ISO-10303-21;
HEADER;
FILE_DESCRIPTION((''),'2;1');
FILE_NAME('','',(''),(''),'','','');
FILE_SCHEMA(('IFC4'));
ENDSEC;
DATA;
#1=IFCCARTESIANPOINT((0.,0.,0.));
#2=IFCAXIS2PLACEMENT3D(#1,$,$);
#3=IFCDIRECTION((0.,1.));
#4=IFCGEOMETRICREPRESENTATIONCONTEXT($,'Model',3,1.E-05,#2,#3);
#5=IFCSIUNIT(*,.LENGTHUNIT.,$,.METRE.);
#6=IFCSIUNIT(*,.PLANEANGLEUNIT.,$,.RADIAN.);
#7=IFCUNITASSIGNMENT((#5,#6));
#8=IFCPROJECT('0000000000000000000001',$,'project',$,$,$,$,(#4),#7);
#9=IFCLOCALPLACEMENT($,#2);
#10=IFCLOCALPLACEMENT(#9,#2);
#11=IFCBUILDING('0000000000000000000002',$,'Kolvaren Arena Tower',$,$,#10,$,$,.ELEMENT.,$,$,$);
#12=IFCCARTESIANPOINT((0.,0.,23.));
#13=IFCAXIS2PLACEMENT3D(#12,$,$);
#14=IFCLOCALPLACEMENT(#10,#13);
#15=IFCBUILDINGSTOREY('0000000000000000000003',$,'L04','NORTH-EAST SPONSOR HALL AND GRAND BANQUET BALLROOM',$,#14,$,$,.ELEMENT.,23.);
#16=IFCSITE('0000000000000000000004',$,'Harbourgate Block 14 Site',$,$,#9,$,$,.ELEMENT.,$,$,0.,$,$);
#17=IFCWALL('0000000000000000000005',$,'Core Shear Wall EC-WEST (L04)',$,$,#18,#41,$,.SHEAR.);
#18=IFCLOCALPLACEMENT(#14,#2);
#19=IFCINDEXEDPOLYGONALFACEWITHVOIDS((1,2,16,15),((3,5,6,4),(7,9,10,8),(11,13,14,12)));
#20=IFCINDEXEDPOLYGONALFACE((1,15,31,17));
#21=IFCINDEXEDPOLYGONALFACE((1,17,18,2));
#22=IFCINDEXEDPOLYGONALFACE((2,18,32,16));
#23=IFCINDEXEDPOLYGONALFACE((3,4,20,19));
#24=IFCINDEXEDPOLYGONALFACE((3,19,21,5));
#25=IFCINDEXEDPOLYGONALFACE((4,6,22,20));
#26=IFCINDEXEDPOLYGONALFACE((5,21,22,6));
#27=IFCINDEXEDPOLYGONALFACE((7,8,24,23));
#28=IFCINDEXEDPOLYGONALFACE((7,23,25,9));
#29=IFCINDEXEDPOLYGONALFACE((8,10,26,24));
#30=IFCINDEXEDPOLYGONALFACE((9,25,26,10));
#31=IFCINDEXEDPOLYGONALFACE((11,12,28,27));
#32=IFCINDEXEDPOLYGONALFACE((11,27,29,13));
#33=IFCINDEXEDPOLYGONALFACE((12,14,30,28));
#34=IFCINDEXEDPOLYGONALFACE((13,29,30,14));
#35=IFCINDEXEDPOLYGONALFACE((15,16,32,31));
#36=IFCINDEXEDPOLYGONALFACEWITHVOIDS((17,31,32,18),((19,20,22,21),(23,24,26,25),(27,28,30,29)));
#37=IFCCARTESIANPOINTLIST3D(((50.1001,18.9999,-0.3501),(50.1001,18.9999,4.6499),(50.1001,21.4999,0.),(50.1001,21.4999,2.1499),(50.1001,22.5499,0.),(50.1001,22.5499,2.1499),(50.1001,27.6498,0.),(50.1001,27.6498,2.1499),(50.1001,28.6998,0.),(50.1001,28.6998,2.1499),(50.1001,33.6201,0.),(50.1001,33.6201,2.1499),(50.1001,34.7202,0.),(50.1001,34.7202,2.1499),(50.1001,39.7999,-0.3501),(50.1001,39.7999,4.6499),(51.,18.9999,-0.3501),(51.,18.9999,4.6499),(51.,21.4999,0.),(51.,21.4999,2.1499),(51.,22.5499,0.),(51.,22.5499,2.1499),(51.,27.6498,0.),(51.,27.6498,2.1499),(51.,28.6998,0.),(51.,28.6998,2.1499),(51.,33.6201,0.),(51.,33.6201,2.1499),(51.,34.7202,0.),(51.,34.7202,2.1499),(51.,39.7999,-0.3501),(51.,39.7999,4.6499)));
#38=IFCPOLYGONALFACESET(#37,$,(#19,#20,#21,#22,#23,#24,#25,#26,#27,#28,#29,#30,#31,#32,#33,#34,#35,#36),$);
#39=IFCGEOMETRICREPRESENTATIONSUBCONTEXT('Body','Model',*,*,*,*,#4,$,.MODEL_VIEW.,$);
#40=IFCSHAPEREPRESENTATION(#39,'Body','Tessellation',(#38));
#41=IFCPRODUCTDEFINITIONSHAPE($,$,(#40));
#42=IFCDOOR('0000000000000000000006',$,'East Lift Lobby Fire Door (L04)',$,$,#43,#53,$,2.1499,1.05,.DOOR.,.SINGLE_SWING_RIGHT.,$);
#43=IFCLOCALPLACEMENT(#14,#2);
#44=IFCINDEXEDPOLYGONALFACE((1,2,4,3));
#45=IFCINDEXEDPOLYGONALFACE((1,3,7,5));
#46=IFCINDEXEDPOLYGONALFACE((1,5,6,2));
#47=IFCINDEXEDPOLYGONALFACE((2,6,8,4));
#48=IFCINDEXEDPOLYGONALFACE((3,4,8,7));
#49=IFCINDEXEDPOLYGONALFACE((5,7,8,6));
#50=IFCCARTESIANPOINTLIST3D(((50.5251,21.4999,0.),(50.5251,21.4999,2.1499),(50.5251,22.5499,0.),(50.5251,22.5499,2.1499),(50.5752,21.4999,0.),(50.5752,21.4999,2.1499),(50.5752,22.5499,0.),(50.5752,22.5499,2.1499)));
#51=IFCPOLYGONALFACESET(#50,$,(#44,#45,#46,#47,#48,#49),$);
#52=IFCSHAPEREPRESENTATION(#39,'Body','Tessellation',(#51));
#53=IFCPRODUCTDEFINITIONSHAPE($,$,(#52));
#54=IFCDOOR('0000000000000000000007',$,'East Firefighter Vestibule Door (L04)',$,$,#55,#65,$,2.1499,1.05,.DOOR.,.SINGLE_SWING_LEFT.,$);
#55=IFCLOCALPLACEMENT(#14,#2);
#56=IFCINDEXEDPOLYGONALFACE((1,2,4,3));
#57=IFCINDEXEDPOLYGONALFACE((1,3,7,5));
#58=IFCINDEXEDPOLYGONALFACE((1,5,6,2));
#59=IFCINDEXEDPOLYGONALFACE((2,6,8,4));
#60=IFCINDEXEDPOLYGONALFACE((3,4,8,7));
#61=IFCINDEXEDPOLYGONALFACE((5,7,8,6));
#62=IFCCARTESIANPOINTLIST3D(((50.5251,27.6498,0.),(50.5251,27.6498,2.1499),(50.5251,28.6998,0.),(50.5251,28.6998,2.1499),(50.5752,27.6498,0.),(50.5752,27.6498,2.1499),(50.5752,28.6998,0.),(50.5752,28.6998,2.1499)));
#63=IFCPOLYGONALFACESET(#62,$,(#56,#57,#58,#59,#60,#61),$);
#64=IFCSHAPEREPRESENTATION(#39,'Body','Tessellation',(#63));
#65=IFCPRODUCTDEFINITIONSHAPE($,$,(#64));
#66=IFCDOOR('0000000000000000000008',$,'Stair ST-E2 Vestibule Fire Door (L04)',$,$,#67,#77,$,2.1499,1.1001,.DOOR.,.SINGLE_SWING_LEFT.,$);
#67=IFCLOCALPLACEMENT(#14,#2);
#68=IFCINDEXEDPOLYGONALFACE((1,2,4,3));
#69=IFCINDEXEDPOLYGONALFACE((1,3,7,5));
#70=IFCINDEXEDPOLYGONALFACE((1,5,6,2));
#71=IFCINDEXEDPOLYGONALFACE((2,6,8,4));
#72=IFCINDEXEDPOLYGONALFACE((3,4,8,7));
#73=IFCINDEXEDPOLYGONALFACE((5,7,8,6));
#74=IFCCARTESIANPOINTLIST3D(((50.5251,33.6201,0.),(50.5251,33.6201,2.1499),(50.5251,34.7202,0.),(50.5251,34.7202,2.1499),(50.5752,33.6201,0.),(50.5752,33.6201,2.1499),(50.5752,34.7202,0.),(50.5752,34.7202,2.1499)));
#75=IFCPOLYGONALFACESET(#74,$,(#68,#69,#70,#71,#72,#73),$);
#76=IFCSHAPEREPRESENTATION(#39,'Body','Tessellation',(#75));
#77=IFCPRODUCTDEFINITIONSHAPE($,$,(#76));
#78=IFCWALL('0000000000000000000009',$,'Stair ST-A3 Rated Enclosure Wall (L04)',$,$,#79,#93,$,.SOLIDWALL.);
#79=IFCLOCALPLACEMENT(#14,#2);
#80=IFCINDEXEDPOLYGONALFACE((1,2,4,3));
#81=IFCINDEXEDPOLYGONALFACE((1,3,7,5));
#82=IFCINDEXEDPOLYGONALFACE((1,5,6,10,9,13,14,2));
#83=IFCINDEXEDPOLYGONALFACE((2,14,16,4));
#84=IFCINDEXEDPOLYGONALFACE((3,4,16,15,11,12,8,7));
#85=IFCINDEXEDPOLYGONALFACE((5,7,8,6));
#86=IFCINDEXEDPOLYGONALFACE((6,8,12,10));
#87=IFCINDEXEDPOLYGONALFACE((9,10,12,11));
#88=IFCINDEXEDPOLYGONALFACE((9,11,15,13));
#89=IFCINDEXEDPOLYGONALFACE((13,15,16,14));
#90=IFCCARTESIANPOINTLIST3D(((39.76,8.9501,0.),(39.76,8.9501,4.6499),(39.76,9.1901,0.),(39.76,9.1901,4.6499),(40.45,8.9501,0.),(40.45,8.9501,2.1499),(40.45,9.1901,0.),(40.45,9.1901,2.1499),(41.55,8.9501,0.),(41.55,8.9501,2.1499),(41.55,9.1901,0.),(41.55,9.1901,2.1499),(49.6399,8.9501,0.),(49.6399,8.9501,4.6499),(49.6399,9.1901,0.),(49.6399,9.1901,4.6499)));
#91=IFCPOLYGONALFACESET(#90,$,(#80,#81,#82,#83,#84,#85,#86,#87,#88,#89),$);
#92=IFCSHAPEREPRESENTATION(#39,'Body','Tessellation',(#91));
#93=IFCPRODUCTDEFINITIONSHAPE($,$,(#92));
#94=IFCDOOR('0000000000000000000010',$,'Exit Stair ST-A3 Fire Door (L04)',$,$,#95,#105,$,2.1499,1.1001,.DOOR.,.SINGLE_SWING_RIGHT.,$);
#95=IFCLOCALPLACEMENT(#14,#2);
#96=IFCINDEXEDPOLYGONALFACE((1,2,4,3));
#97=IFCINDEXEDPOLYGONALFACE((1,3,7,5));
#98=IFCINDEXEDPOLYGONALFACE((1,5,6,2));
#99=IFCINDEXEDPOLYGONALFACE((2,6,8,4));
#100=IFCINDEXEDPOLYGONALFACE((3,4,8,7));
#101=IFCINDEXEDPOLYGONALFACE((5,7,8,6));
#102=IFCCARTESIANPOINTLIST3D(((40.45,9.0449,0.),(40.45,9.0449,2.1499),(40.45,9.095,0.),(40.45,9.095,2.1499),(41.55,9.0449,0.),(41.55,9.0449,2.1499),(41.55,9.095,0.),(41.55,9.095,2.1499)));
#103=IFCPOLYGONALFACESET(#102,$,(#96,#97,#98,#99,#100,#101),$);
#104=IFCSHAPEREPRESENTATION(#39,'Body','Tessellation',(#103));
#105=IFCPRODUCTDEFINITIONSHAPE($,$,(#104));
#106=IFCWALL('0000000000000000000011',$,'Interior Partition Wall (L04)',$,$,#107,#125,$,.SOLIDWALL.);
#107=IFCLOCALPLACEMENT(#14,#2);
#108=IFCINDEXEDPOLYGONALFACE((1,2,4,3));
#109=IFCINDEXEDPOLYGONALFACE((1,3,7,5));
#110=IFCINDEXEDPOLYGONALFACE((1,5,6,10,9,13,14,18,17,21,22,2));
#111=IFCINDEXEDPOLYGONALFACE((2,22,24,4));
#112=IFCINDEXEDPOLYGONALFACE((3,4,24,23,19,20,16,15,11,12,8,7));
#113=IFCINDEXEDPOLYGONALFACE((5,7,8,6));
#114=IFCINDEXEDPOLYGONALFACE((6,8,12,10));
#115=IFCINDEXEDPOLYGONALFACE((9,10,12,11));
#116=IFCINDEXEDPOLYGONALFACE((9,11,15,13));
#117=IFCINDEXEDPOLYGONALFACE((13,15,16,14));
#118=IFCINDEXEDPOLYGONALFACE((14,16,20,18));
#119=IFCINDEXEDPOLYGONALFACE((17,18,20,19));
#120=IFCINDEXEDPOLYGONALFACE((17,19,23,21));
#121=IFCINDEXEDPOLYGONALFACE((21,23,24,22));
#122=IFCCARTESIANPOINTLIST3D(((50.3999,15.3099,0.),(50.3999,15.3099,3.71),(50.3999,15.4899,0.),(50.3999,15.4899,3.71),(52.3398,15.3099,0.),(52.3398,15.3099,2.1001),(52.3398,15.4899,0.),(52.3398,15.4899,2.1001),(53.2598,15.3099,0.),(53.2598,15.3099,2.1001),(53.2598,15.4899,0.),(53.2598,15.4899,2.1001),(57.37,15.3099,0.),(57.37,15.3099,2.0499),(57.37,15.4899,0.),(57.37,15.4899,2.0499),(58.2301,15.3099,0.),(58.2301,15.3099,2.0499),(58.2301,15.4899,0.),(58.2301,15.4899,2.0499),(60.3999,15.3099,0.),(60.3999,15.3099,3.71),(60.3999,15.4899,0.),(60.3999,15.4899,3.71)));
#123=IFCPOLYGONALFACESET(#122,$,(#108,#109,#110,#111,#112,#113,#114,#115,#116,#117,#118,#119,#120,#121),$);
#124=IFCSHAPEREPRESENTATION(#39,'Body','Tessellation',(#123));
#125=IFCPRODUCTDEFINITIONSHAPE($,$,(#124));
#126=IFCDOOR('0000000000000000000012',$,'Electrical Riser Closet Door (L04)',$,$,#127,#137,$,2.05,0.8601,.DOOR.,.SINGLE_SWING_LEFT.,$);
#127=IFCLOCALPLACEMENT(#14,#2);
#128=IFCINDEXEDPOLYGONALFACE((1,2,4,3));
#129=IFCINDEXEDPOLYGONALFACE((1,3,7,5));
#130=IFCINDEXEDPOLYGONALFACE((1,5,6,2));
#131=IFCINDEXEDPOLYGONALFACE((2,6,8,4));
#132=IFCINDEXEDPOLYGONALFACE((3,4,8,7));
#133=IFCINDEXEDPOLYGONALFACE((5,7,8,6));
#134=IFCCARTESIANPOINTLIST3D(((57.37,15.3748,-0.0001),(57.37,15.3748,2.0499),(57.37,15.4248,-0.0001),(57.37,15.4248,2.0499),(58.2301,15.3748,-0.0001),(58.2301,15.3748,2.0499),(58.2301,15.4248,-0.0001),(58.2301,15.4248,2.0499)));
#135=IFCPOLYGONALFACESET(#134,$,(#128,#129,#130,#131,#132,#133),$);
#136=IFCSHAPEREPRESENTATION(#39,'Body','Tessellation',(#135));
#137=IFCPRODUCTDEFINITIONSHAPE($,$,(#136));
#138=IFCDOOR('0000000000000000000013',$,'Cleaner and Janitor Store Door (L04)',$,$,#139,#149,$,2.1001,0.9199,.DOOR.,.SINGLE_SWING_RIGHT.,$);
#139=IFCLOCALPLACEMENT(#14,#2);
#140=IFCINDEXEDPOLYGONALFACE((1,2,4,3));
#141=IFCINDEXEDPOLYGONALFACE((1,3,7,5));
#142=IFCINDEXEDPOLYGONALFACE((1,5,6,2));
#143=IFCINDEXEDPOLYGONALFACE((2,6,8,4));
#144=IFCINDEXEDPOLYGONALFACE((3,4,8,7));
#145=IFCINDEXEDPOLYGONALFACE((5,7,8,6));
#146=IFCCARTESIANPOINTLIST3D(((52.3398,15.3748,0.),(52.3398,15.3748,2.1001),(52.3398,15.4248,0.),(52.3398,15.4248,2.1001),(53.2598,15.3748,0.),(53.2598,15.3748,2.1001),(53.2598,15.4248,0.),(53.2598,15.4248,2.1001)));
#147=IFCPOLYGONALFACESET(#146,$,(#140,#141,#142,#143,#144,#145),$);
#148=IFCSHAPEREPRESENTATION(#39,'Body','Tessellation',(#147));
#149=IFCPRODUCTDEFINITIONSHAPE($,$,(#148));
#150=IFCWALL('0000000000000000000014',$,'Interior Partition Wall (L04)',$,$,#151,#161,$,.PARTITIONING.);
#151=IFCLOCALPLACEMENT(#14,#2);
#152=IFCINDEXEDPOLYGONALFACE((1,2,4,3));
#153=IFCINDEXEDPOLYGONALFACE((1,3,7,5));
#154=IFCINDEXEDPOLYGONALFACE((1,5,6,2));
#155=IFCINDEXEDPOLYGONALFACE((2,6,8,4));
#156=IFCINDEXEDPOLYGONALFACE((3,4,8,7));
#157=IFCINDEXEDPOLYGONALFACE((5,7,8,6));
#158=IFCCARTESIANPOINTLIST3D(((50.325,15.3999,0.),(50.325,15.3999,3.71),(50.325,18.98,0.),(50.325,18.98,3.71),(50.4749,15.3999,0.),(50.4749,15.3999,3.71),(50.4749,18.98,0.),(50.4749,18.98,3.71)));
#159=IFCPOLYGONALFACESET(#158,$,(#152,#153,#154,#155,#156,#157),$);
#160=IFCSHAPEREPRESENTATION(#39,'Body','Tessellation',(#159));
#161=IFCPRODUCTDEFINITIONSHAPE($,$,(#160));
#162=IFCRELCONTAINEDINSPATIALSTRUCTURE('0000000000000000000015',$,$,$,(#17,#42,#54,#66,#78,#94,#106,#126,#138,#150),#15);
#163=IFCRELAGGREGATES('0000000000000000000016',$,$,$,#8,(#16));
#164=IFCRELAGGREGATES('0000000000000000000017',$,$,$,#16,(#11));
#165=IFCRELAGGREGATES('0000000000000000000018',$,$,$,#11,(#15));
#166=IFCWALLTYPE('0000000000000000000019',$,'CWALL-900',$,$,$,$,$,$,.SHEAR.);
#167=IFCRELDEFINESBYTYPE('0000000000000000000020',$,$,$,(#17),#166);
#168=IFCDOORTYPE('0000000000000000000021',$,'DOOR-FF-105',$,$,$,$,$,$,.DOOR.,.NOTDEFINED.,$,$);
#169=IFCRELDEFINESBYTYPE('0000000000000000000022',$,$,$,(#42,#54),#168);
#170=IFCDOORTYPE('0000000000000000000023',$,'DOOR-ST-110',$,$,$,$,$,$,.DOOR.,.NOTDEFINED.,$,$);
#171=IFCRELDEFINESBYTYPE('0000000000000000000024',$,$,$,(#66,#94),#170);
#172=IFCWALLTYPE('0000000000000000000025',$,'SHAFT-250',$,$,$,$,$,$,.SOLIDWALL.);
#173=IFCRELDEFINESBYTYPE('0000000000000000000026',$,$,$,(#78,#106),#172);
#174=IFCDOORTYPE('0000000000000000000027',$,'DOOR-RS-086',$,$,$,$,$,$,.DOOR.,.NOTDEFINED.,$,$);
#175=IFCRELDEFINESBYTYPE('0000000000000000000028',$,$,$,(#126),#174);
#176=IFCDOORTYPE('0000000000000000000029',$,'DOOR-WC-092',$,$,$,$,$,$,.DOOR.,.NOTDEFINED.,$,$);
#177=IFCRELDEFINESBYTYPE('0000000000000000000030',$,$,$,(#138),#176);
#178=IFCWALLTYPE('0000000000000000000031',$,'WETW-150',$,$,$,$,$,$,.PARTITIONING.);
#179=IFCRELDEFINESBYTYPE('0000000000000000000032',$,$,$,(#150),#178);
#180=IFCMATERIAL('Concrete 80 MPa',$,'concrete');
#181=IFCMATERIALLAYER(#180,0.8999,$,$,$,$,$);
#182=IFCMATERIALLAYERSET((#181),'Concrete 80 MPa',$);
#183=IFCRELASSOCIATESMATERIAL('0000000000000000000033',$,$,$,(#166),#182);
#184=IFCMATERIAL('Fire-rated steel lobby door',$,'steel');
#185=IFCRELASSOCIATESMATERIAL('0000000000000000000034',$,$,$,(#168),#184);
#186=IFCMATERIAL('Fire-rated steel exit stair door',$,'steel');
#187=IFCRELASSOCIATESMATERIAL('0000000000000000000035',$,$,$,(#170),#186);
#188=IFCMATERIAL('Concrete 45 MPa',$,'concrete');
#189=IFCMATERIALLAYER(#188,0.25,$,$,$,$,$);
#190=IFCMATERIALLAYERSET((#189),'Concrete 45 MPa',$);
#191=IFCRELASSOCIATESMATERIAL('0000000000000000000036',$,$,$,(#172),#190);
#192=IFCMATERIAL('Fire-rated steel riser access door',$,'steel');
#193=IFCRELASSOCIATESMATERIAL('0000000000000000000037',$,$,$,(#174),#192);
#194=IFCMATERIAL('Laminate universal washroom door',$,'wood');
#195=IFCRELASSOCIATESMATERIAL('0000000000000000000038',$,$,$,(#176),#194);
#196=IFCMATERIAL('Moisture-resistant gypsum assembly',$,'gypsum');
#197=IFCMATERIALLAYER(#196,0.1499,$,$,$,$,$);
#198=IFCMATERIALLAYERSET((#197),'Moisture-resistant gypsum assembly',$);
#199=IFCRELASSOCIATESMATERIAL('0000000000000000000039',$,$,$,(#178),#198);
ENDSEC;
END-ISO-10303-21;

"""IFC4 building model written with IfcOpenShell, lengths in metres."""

from ifc_helpers import new_model, si_unit, direction, frame, frame_2d, origin, place, context, subcontext, project, spatial, rectangle, extrude, material, layer, layer_set, type_object, element, fill, save


model = new_model("IFC4")

# Units and contexts
model_context = context("Model", 3, precision=1e-05, world=origin(), true_north=direction((0.0, 1.0)))
body_context = subcontext(model_context, "Body", "Model", "MODEL_VIEW")
ifc_project = project(units=[si_unit("LENGTHUNIT", "METRE"), si_unit("PLANEANGLEUNIT", "RADIAN")], contexts=[model_context])

# Site, building, storey
site_placement = place(None, origin())
site = spatial("IfcSite", under=ifc_project, at=site_placement, Name="Harbourgate Block 14 Site", CompositionType="ELEMENT", RefElevation=0.0)
building_placement = place(site_placement, origin())
building = spatial("IfcBuilding", under=site, at=building_placement, Name="Kolvaren Arena Tower", CompositionType="ELEMENT")
storey_placement = place(building_placement, frame((0.0, 0.0, 23.0)))
storey = spatial("IfcBuildingStorey", under=building, at=storey_placement, Name="L04", Description="NORTH-EAST SPONSOR HALL AND GRAND BANQUET BALLROOM", CompositionType="ELEMENT", Elevation=23.0)

# Wall, openings, doors
ifc_material_1 = material(Name="Concrete 80 MPa", Category="concrete")
ifc_layer_1 = layer(ifc_material_1, 0.8999)
ifc_layer_set_1 = layer_set([ifc_layer_1], Name="Concrete 80 MPa")
wall_type_1 = type_object("IfcWallType", Name="CWALL-900", PredefinedType="SHEAR", material=ifc_layer_set_1)
wall_1_placement = place(storey_placement, frame((50.55, 19.0, -0.3501), z_axis=(0.0, 0.0, 1.0), x_axis=(0.0, 1.0, 0.0)))
wall_1 = element("IfcWall", 1, at=wall_1_placement, inside=storey, type_object=wall_type_1, Name="Core Shear Wall EC-WEST (L04)", PredefinedType="SHEAR", context=body_context, shape_type="SweptSolid", body=[
    extrude(rectangle(XDim=20.8, YDim=0.8999, at=frame_2d((10.3999, 0.0))), origin(), (0.0, 0.0, 1.0), 5.0),
])
opening_1_placement = place(wall_1_placement, frame((2.5, 0.0, 0.3501)))
opening_1 = element("IfcOpeningElement", 2, at=opening_1_placement, cuts=wall_1, PredefinedType="OPENING", context=body_context, shape_type="SweptSolid", body=[
    extrude(rectangle(XDim=1.05, YDim=2.1499, at=frame_2d((0.5249, 1.075))), frame((0.0, 0.46, 0.0), z_axis=(0.0, -1.0, 0.0), x_axis=(1.0, 0.0, 0.0)), (0.0, 0.0, 1.0), 0.9199),
])
opening_2_placement = place(wall_1_placement, frame((8.6499, 0.0, 0.3501)))
opening_2 = element("IfcOpeningElement", 3, at=opening_2_placement, cuts=wall_1, PredefinedType="OPENING", context=body_context, shape_type="SweptSolid", body=[
    extrude(rectangle(XDim=1.05, YDim=2.1499, at=frame_2d((0.5249, 1.075))), frame((0.0, 0.46, 0.0), z_axis=(0.0, -1.0, 0.0), x_axis=(1.0, 0.0, 0.0)), (0.0, 0.0, 1.0), 0.9199),
])
opening_3_placement = place(wall_1_placement, frame((14.6201, 0.0, 0.3501)))
opening_3 = element("IfcOpeningElement", 4, at=opening_3_placement, cuts=wall_1, PredefinedType="OPENING", context=body_context, shape_type="SweptSolid", body=[
    extrude(rectangle(XDim=1.1001, YDim=2.1499, at=frame_2d((0.55, 1.075))), frame((0.0, 0.46, 0.0), z_axis=(0.0, -1.0, 0.0), x_axis=(1.0, 0.0, 0.0)), (0.0, 0.0, 1.0), 0.9199),
])
ifc_material_2 = material(Name="Fire-rated steel lobby door", Category="steel")
door_type_1 = type_object("IfcDoorType", Name="DOOR-FF-105", OperationType="NOTDEFINED", PredefinedType="DOOR", material=ifc_material_2)
door_1_placement = place(opening_1_placement, origin())
door_1 = element("IfcDoor", 5, at=door_1_placement, inside=storey, type_object=door_type_1, Name="East Lift Lobby Fire Door (L04)", OperationType="SINGLE_SWING_RIGHT", OverallHeight=2.1499, OverallWidth=1.05, PredefinedType="DOOR", context=body_context, shape_type="SweptSolid", body=[
    extrude(rectangle(XDim=1.05, YDim=2.1499, at=frame_2d((0.5249, 1.075))), frame((0.0, 0.0249, 0.0), z_axis=(0.0, -1.0, 0.0), x_axis=(1.0, 0.0, 0.0)), (0.0, 0.0, 1.0), 0.05),
])
fill(opening_1, door_1)
door_2_placement = place(opening_2_placement, origin())
door_2 = element("IfcDoor", 6, at=door_2_placement, inside=storey, type_object=door_type_1, Name="East Firefighter Vestibule Door (L04)", OperationType="SINGLE_SWING_LEFT", OverallHeight=2.1499, OverallWidth=1.05, PredefinedType="DOOR", context=body_context, shape_type="SweptSolid", body=[
    extrude(rectangle(XDim=1.05, YDim=2.1499, at=frame_2d((0.5249, 1.075))), frame((0.0, 0.0249, 0.0), z_axis=(0.0, -1.0, 0.0), x_axis=(1.0, 0.0, 0.0)), (0.0, 0.0, 1.0), 0.05),
])
fill(opening_2, door_2)
ifc_material_3 = material(Name="Fire-rated steel exit stair door", Category="steel")
door_type_2 = type_object("IfcDoorType", Name="DOOR-ST-110", OperationType="NOTDEFINED", PredefinedType="DOOR", material=ifc_material_3)
door_3_placement = place(opening_3_placement, origin())
door_3 = element("IfcDoor", 7, at=door_3_placement, inside=storey, type_object=door_type_2, Name="Stair ST-E2 Vestibule Fire Door (L04)", OperationType="SINGLE_SWING_LEFT", OverallHeight=2.1499, OverallWidth=1.1001, PredefinedType="DOOR", context=body_context, shape_type="SweptSolid", body=[
    extrude(rectangle(XDim=1.1001, YDim=2.1499, at=frame_2d((0.55, 1.075))), frame((0.0, 0.0249, 0.0), z_axis=(0.0, -1.0, 0.0), x_axis=(1.0, 0.0, 0.0)), (0.0, 0.0, 1.0), 0.05),
])
fill(opening_3, door_3)

# Wall, opening, door
ifc_material_4 = material(Name="Concrete 45 MPa", Category="concrete")
ifc_layer_2 = layer(ifc_material_4, 0.25)
ifc_layer_set_2 = layer_set([ifc_layer_2], Name="Concrete 45 MPa")
wall_type_2 = type_object("IfcWallType", Name="SHAFT-250", PredefinedType="SOLIDWALL", material=ifc_layer_set_2)
wall_2_placement = place(storey_placement, frame((39.76, 9.0701, 0.0), z_axis=(0.0, 0.0, 1.0), x_axis=(1.0, 0.0, 0.0)))
wall_2 = element("IfcWall", 8, at=wall_2_placement, inside=storey, type_object=wall_type_2, Name="Stair ST-A3 Rated Enclosure Wall (L04)", PredefinedType="SOLIDWALL", context=body_context, shape_type="SweptSolid", body=[
    extrude(rectangle(XDim=9.8799, YDim=0.24, at=frame_2d((4.9399, 0.0))), origin(), (0.0, 0.0, 1.0), 4.6499),
])
opening_4_placement = place(wall_2_placement, frame((0.6899, 0.0, 0.0)))
opening_4 = element("IfcOpeningElement", 9, at=opening_4_placement, cuts=wall_2, PredefinedType="OPENING", context=body_context, shape_type="SweptSolid", body=[
    extrude(rectangle(XDim=1.1001, YDim=2.1499, at=frame_2d((0.55, 1.075))), frame((0.0, 0.1299, 0.0), z_axis=(0.0, -1.0, 0.0), x_axis=(1.0, 0.0, 0.0)), (0.0, 0.0, 1.0), 0.26),
])
door_4_placement = place(opening_4_placement, origin())
door_4 = element("IfcDoor", 10, at=door_4_placement, inside=storey, type_object=door_type_2, Name="Exit Stair ST-A3 Fire Door (L04)", OperationType="SINGLE_SWING_RIGHT", OverallHeight=2.1499, OverallWidth=1.1001, PredefinedType="DOOR", context=body_context, shape_type="SweptSolid", body=[
    extrude(rectangle(XDim=1.1001, YDim=2.1499, at=frame_2d((0.55, 1.075))), frame((0.0, 0.0249, 0.0), z_axis=(0.0, -1.0, 0.0), x_axis=(1.0, 0.0, 0.0)), (0.0, 0.0, 1.0), 0.05),
])
fill(opening_4, door_4)

# Wall, openings, doors
wall_3_placement = place(storey_placement, frame((50.3999, 15.3999, 0.0), z_axis=(0.0, 0.0, 1.0), x_axis=(1.0, 0.0, 0.0)))
wall_3 = element("IfcWall", 11, at=wall_3_placement, inside=storey, type_object=wall_type_2, Name="Interior Partition Wall (L04)", PredefinedType="SOLIDWALL", context=body_context, shape_type="SweptSolid", body=[
    extrude(rectangle(XDim=10.0, YDim=0.1799, at=frame_2d((5.0, 0.0))), origin(), (0.0, 0.0, 1.0), 3.71),
])
opening_5_placement = place(wall_3_placement, frame((1.9399, 0.0, 0.0)))
opening_5 = element("IfcOpeningElement", 12, at=opening_5_placement, cuts=wall_3, PredefinedType="OPENING", context=body_context, shape_type="SweptSolid", body=[
    extrude(rectangle(XDim=0.9199, YDim=2.1001, at=frame_2d((0.46, 1.05))), frame((0.0, 0.0999, 0.0), z_axis=(0.0, -1.0, 0.0), x_axis=(1.0, 0.0, 0.0)), (0.0, 0.0, 1.0), 0.2),
])
opening_6_placement = place(wall_3_placement, frame((6.97, 0.0, 0.0)))
opening_6 = element("IfcOpeningElement", 13, at=opening_6_placement, cuts=wall_3, PredefinedType="OPENING", context=body_context, shape_type="SweptSolid", body=[
    extrude(rectangle(XDim=0.8601, YDim=2.05, at=frame_2d((0.4302, 1.0249))), frame((0.0, 0.0999, 0.0), z_axis=(0.0, -1.0, 0.0), x_axis=(1.0, 0.0, 0.0)), (0.0, 0.0, 1.0), 0.2),
])
ifc_material_5 = material(Name="Fire-rated steel riser access door", Category="steel")
door_type_3 = type_object("IfcDoorType", Name="DOOR-RS-086", OperationType="NOTDEFINED", PredefinedType="DOOR", material=ifc_material_5)
door_5_placement = place(opening_6_placement, origin())
door_5 = element("IfcDoor", 14, at=door_5_placement, inside=storey, type_object=door_type_3, Name="Electrical Riser Closet Door (L04)", OperationType="SINGLE_SWING_LEFT", OverallHeight=2.05, OverallWidth=0.8601, PredefinedType="DOOR", context=body_context, shape_type="SweptSolid", body=[
    extrude(rectangle(XDim=0.8601, YDim=2.05, at=frame_2d((0.4302, 1.0249))), frame((0.0, 0.0249, 0.0), z_axis=(0.0, -1.0, 0.0), x_axis=(1.0, 0.0, 0.0)), (0.0, 0.0, 1.0), 0.05),
])
fill(opening_6, door_5)
ifc_material_6 = material(Name="Laminate universal washroom door", Category="wood")
door_type_4 = type_object("IfcDoorType", Name="DOOR-WC-092", OperationType="NOTDEFINED", PredefinedType="DOOR", material=ifc_material_6)
door_6_placement = place(opening_5_placement, origin())
door_6 = element("IfcDoor", 15, at=door_6_placement, inside=storey, type_object=door_type_4, Name="Cleaner and Janitor Store Door (L04)", OperationType="SINGLE_SWING_RIGHT", OverallHeight=2.1001, OverallWidth=0.9199, PredefinedType="DOOR", context=body_context, shape_type="SweptSolid", body=[
    extrude(rectangle(XDim=0.9199, YDim=2.1001, at=frame_2d((0.46, 1.05))), frame((0.0, 0.0249, 0.0), z_axis=(0.0, -1.0, 0.0), x_axis=(1.0, 0.0, 0.0)), (0.0, 0.0, 1.0), 0.05),
])
fill(opening_5, door_6)

# Wall
ifc_material_7 = material(Name="Moisture-resistant gypsum assembly", Category="gypsum")
ifc_layer_3 = layer(ifc_material_7, 0.1499)
ifc_layer_set_3 = layer_set([ifc_layer_3], Name="Moisture-resistant gypsum assembly")
wall_type_3 = type_object("IfcWallType", Name="WETW-150", PredefinedType="PARTITIONING", material=ifc_layer_set_3)
wall_4_placement = place(storey_placement, frame((50.3999, 15.3999, 0.0), z_axis=(0.0, 0.0, 1.0), x_axis=(0.0, 1.0, 0.0)))
element("IfcWall", 16, at=wall_4_placement, inside=storey, type_object=wall_type_3, Name="Interior Partition Wall (L04)", PredefinedType="PARTITIONING", context=body_context, shape_type="SweptSolid", body=[
    extrude(rectangle(XDim=3.5801, YDim=0.1499, at=frame_2d((1.79, 0.0))), origin(), (0.0, 0.0, 1.0), 3.71),
])

save(model, "model.ifc")
